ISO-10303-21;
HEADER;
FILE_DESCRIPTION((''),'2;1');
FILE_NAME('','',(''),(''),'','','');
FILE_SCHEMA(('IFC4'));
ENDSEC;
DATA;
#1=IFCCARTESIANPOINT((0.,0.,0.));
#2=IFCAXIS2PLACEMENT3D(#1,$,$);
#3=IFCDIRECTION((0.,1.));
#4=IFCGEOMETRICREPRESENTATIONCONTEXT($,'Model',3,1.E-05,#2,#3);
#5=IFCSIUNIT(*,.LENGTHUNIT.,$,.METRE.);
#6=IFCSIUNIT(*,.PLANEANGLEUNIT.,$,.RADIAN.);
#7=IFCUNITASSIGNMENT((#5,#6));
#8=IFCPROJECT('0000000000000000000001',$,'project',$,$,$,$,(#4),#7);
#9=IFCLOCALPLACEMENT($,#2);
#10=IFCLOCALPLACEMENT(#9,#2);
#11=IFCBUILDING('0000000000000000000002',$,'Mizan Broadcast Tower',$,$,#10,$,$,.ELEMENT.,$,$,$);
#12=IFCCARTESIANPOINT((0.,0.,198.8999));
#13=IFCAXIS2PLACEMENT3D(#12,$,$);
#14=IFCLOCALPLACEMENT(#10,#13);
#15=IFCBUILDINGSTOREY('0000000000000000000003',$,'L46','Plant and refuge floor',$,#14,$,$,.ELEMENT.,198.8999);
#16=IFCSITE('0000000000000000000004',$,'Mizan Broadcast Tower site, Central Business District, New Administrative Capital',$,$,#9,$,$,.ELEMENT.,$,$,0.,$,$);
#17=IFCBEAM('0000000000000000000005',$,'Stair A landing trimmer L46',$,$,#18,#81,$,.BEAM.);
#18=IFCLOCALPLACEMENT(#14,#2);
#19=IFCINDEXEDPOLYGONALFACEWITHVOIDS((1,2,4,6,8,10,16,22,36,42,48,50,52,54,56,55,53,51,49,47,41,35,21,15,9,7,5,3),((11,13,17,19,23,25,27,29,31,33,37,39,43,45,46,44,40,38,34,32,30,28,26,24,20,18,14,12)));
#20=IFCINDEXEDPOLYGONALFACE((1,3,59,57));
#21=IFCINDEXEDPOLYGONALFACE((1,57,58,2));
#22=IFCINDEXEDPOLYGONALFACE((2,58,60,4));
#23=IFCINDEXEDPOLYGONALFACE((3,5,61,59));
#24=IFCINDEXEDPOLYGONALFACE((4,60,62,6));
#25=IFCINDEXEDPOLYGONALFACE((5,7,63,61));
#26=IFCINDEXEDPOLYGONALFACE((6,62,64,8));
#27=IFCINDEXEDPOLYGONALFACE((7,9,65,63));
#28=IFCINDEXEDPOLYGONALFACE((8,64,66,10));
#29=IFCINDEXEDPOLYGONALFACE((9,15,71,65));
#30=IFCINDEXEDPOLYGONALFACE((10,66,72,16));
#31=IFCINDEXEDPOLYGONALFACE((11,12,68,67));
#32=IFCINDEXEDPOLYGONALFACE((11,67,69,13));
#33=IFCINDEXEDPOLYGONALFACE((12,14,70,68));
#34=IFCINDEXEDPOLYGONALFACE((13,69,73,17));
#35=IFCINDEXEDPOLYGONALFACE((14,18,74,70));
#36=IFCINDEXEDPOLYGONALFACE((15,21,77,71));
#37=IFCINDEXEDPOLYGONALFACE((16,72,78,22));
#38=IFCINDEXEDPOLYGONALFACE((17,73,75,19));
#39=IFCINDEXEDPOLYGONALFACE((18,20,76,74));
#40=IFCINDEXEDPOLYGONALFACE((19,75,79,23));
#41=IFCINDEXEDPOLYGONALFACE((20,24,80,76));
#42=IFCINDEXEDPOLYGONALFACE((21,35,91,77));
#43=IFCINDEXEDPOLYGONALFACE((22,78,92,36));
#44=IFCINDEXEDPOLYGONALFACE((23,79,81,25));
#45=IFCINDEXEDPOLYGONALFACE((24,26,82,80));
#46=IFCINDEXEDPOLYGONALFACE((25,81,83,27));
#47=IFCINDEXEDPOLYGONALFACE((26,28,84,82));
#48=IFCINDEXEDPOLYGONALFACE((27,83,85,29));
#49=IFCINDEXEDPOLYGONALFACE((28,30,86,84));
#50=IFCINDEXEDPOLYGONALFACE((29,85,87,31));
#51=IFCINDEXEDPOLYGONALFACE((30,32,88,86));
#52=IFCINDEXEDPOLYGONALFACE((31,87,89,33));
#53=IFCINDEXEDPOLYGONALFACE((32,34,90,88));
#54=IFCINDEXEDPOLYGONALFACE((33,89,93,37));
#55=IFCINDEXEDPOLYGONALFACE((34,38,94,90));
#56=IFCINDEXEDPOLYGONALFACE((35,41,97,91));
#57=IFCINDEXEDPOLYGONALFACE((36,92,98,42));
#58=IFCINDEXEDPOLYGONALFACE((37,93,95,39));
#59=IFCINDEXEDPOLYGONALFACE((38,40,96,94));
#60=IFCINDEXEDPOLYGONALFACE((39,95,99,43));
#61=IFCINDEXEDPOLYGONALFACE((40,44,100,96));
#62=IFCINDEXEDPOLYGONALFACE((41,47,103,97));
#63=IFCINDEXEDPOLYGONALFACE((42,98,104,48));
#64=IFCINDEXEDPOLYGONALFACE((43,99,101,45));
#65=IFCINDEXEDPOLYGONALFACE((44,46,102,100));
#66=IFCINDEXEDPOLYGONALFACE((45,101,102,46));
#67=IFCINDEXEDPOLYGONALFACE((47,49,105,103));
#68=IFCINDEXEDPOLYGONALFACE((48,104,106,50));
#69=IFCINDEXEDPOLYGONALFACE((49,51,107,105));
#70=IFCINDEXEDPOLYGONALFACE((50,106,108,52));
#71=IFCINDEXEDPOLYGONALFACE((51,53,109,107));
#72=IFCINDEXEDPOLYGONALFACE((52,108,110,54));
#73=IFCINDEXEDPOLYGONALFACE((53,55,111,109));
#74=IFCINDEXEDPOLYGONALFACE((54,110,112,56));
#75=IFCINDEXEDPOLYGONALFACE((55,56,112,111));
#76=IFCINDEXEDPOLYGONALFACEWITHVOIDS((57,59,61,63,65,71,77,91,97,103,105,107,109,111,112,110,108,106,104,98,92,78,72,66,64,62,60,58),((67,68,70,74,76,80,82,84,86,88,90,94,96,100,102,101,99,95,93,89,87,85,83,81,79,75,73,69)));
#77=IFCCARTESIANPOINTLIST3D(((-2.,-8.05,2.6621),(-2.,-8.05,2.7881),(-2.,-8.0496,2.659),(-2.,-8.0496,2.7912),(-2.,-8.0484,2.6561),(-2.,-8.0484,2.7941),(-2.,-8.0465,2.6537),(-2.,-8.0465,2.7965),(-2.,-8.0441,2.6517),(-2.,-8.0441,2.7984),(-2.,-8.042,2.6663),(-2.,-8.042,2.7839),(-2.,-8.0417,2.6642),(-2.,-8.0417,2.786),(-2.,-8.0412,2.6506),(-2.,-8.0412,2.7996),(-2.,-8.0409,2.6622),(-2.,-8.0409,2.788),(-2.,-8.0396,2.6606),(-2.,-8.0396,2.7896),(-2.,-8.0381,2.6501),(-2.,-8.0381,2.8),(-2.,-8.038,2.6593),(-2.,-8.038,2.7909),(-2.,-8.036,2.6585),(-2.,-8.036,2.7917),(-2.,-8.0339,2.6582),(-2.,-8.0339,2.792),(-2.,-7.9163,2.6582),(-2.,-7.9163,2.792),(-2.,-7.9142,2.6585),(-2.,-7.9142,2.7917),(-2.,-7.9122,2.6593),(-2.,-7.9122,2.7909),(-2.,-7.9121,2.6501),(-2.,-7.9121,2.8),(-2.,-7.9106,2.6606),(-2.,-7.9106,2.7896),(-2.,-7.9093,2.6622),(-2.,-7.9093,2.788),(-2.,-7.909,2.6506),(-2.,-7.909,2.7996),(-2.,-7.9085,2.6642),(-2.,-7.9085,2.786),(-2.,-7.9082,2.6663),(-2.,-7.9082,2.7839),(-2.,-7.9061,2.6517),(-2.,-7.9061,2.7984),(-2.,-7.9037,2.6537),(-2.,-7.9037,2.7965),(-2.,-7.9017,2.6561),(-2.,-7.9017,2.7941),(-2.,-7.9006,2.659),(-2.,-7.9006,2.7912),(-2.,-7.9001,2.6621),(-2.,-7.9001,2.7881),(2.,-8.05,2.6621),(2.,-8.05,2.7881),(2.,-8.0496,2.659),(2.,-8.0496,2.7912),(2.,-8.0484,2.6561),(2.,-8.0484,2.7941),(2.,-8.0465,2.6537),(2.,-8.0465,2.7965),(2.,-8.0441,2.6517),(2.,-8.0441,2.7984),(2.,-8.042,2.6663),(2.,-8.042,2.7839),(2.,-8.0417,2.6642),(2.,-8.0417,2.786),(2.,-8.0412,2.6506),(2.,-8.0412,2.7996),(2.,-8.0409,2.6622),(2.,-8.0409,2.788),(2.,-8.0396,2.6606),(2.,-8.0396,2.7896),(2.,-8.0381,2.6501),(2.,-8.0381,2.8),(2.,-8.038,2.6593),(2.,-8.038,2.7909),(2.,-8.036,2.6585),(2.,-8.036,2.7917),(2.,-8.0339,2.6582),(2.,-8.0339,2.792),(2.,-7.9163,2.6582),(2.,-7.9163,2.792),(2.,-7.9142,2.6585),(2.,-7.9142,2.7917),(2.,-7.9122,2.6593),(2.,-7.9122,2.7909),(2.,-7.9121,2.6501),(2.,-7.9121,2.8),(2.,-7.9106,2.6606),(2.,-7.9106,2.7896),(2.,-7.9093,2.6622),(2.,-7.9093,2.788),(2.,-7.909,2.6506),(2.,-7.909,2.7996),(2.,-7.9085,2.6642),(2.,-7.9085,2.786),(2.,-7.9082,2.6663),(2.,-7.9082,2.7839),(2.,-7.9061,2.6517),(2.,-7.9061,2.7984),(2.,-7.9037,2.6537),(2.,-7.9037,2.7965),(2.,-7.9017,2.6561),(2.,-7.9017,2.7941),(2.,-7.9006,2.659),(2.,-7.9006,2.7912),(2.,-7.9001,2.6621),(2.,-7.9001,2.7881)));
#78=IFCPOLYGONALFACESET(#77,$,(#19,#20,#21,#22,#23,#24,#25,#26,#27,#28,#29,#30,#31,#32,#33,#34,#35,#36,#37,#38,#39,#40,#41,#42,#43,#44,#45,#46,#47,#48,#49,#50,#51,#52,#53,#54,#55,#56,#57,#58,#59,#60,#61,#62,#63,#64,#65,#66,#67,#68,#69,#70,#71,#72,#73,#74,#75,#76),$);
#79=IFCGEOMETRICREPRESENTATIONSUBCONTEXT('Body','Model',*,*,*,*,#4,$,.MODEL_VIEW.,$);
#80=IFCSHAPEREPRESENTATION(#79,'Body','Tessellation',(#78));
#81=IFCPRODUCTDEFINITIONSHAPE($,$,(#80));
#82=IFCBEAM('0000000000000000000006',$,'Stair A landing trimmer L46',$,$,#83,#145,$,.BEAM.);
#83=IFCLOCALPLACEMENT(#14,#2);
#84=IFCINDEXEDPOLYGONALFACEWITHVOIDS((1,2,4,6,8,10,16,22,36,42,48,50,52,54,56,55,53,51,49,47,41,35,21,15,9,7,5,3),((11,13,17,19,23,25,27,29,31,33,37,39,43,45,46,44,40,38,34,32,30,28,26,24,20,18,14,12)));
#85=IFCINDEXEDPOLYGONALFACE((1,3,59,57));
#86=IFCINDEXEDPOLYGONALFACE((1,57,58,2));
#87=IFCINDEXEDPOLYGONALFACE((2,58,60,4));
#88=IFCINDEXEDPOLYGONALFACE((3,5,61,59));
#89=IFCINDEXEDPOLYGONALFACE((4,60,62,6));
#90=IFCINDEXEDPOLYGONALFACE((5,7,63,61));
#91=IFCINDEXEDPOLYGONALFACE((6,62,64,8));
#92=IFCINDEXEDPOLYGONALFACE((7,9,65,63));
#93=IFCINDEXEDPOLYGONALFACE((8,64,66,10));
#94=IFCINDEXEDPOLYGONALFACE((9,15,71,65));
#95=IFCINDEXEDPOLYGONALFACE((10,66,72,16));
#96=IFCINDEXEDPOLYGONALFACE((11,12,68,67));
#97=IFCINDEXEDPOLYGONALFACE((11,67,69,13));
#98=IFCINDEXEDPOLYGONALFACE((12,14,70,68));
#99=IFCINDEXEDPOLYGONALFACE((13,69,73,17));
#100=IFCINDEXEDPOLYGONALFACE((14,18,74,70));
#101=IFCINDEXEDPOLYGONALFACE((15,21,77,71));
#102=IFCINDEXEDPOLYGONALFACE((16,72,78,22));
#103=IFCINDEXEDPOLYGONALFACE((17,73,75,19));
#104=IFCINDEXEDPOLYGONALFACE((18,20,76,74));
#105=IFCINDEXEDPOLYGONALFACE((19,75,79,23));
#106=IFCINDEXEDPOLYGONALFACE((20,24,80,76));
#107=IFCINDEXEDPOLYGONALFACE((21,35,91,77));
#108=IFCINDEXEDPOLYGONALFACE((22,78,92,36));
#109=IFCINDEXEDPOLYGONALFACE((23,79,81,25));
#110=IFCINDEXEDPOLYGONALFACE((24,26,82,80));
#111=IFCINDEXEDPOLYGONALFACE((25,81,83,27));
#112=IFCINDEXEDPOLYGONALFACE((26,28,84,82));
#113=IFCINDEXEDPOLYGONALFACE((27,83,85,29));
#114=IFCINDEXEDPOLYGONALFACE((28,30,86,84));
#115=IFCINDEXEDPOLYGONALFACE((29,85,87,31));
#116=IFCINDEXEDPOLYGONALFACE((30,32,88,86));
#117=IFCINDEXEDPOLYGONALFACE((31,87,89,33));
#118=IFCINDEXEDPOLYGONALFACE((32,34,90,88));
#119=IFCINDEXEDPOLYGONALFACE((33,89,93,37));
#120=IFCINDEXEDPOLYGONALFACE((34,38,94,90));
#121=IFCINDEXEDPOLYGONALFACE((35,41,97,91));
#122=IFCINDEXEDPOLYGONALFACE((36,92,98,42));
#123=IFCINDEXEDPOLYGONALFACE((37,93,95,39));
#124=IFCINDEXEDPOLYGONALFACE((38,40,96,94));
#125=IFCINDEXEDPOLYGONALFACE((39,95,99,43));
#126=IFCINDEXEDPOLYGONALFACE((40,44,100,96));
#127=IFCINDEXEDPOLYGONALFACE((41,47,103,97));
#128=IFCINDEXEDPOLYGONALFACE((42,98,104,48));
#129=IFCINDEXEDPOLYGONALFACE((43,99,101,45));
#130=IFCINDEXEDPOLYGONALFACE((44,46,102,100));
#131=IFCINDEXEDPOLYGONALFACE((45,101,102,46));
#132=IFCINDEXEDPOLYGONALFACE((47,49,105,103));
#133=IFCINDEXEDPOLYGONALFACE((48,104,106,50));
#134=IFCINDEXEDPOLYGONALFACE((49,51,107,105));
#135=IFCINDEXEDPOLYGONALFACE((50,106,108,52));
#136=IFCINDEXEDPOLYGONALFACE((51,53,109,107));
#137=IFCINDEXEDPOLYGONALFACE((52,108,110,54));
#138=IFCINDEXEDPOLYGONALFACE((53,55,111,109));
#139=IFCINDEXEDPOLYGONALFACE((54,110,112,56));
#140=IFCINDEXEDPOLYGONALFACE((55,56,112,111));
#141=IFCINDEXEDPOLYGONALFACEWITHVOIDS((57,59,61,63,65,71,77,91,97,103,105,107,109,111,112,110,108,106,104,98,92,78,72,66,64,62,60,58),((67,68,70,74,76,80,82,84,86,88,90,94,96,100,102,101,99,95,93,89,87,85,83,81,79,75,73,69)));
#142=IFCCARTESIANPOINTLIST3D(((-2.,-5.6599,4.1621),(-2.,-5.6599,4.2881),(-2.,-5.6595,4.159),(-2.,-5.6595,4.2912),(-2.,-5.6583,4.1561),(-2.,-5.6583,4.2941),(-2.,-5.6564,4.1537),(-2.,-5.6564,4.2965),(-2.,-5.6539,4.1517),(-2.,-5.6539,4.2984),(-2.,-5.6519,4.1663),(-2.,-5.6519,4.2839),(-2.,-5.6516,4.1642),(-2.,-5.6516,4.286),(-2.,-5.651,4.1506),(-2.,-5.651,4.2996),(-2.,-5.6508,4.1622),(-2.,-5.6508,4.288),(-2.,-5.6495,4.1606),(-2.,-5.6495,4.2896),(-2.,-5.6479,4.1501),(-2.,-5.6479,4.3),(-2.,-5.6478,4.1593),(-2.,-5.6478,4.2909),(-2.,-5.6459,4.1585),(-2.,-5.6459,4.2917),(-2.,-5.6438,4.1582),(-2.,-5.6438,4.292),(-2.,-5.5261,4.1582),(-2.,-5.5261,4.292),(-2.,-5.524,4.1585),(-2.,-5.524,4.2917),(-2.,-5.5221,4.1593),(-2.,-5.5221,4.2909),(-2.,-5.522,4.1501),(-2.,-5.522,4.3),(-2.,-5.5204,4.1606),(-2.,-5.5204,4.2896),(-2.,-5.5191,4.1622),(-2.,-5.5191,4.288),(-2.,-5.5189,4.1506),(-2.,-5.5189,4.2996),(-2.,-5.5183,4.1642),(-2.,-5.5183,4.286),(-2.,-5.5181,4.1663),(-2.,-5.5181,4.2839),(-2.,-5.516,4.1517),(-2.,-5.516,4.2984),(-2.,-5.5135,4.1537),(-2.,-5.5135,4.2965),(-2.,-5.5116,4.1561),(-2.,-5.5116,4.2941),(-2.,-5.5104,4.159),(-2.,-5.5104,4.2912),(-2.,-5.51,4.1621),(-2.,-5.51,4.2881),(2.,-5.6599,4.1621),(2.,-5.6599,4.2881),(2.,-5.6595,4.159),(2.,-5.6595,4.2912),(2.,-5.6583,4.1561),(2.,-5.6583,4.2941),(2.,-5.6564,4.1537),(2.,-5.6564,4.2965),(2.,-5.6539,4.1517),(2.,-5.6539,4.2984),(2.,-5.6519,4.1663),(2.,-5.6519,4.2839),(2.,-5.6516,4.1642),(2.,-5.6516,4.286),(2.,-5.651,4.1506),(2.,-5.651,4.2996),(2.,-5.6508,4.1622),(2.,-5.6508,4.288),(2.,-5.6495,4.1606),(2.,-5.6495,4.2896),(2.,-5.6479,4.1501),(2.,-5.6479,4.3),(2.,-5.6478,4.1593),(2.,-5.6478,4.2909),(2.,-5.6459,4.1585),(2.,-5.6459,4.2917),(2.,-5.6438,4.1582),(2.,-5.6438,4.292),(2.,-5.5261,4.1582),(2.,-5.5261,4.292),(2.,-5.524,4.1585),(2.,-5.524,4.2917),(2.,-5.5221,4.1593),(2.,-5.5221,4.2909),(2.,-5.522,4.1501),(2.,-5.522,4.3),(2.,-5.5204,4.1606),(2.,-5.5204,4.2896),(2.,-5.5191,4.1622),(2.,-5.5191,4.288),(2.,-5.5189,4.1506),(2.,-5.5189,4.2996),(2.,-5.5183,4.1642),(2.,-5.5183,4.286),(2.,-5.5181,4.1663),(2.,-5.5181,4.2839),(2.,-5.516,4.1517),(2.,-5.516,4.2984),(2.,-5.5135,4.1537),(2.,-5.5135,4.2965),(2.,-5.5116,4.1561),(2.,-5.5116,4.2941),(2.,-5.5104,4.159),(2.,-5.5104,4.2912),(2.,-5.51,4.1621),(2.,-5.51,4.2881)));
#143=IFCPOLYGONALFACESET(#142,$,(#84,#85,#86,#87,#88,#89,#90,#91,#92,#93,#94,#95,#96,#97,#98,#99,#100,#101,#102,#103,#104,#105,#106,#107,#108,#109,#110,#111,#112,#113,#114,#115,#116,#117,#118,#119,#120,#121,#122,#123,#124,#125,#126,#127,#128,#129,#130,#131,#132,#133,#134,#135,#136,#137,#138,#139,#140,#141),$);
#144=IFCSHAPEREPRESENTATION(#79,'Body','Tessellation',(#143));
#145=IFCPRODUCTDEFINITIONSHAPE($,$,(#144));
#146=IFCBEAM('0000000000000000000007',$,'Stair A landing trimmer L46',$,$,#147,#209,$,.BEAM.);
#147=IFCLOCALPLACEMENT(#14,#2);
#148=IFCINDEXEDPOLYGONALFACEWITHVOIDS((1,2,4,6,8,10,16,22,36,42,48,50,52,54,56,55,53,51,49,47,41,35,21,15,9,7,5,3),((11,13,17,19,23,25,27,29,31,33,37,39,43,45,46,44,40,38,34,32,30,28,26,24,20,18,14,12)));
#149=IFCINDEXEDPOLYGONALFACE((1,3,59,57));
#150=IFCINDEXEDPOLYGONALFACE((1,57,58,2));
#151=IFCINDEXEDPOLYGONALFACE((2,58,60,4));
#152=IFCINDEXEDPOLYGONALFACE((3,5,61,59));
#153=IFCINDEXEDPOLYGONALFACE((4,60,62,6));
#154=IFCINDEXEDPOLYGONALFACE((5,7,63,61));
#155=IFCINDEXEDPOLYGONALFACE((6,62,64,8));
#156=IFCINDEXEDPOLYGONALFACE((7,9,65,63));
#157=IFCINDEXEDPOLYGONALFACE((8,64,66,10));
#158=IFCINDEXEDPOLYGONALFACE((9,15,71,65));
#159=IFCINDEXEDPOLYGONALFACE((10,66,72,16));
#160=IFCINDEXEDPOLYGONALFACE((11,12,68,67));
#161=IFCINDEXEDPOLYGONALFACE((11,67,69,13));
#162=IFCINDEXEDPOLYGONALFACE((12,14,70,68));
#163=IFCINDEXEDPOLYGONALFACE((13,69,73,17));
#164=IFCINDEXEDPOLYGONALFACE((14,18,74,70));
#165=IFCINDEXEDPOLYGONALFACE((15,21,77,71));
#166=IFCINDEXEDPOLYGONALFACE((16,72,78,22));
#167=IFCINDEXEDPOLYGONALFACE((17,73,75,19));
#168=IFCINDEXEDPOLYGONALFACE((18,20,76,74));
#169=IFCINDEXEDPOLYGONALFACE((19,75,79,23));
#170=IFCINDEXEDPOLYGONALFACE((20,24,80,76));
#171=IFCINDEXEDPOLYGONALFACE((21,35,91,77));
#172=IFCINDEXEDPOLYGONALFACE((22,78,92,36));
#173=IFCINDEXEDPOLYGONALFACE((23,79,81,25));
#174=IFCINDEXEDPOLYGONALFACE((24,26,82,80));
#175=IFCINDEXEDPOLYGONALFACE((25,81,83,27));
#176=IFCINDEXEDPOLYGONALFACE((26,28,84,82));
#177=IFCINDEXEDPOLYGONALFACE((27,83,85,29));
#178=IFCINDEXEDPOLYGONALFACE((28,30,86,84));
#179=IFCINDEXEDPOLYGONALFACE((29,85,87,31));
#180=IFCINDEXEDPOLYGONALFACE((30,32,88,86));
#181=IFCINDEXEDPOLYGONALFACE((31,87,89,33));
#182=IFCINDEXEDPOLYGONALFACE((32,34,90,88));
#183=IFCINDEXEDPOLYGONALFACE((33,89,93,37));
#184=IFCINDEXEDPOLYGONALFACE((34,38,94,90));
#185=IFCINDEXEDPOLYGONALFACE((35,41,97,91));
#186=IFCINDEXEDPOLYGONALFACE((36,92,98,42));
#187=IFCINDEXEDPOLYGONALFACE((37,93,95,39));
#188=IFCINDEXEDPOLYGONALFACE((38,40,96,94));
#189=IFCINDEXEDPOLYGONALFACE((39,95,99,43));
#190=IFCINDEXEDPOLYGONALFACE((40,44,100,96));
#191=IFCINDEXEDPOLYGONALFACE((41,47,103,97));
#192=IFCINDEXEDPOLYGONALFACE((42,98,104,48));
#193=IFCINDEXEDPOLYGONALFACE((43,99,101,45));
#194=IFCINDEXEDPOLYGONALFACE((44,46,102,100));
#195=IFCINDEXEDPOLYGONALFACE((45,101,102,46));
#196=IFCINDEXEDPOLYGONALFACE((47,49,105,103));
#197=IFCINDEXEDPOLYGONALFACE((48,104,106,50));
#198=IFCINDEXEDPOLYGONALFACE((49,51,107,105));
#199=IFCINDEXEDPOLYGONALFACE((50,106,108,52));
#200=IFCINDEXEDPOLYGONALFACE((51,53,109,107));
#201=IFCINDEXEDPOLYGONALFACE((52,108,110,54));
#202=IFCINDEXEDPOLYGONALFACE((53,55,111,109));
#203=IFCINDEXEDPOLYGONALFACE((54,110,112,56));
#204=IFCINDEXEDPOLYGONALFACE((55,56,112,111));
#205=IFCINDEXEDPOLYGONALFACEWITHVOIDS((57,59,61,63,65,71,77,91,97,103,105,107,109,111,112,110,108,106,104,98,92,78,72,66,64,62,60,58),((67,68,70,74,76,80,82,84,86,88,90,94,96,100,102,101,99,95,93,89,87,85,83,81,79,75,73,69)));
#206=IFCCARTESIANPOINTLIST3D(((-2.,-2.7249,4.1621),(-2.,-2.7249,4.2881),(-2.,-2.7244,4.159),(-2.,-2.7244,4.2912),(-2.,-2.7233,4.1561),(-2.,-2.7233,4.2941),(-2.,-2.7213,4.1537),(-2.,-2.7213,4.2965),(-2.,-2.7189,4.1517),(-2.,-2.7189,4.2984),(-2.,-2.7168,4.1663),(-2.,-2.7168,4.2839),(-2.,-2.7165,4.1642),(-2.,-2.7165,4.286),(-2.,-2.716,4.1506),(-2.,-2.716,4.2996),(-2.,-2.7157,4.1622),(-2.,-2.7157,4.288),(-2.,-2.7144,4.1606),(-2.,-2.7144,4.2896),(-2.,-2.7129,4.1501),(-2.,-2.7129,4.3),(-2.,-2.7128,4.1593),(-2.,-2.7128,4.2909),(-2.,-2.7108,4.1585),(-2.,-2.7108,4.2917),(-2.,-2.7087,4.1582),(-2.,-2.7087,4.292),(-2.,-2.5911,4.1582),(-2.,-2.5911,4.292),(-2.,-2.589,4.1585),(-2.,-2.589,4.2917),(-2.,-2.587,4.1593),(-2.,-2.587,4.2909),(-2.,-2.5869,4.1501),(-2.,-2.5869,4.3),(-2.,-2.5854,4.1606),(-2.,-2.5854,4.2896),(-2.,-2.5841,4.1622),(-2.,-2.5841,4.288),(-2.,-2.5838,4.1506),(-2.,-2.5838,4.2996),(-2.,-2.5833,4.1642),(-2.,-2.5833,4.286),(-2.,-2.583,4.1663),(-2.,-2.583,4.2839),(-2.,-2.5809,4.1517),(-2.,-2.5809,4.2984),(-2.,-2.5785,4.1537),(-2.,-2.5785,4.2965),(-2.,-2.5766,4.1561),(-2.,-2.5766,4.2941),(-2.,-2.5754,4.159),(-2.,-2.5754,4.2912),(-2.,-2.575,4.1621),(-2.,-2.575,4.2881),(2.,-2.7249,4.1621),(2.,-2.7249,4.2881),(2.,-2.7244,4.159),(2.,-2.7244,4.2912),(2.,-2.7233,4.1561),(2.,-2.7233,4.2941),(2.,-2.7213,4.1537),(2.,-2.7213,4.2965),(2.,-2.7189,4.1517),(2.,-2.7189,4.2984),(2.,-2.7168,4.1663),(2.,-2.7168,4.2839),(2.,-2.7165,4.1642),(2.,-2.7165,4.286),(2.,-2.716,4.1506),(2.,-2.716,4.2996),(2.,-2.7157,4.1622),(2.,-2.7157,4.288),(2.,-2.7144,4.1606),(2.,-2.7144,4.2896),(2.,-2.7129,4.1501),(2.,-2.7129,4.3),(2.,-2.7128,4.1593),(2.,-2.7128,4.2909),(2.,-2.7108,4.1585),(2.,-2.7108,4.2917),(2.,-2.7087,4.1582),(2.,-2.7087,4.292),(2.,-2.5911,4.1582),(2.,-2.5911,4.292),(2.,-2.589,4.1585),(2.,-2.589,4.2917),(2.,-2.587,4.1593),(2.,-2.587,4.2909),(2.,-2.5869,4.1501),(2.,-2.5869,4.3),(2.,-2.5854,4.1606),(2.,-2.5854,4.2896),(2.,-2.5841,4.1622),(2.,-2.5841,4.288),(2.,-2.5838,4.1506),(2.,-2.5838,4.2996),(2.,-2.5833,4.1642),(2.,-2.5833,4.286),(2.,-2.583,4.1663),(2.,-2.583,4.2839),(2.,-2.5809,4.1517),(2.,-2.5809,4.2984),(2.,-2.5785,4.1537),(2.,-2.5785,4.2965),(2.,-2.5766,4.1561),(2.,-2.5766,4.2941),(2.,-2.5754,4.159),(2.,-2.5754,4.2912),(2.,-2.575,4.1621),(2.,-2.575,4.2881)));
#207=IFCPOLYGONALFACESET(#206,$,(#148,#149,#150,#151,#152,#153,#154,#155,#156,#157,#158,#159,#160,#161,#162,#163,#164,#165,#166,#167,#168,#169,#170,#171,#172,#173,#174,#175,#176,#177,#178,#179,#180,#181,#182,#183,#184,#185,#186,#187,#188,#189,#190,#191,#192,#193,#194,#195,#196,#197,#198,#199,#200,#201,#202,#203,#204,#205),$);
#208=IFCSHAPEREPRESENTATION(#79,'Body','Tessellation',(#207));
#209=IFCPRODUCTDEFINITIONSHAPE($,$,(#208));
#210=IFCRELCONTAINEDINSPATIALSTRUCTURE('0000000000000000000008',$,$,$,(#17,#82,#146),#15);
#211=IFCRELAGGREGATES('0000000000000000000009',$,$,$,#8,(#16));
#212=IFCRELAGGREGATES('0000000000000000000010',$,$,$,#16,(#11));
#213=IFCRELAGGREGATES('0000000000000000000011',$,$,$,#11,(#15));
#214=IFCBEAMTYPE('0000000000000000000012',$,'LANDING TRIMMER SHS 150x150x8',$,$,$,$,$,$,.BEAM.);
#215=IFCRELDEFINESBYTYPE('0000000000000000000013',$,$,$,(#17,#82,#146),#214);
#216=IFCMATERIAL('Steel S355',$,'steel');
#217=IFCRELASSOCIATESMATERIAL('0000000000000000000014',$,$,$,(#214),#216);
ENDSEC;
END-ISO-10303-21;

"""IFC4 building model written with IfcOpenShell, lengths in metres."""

from ifc_helpers import new_model, si_unit, direction, frame, origin, origin_2d, place, context, subcontext, project, spatial, hollow_rectangle, extrude, material, material_profile, profile_set, type_object, element, save


model = new_model("IFC4")

# Units and contexts
model_context = context("Model", 3, precision=1e-05, world=origin(), true_north=direction((0.0, 1.0)))
body_context = subcontext(model_context, "Body", "Model", "MODEL_VIEW")
ifc_project = project(units=[si_unit("LENGTHUNIT", "METRE"), si_unit("PLANEANGLEUNIT", "RADIAN")], contexts=[model_context])

# Site, building, storey
site_placement = place(None, origin())
site = spatial("IfcSite", under=ifc_project, at=site_placement, Name="Mizan Broadcast Tower site, Central Business District, New Administrative Capital", CompositionType="ELEMENT", RefElevation=0.0)
building_placement = place(site_placement, origin())
building = spatial("IfcBuilding", under=site, at=building_placement, Name="Mizan Broadcast Tower", CompositionType="ELEMENT")
storey_placement = place(building_placement, frame((0.0, 0.0, 198.8999)))
storey = spatial("IfcBuildingStorey", under=building, at=storey_placement, Name="L46", Description="Plant and refuge floor", CompositionType="ELEMENT", Elevation=198.8999)

# Beams
ifc_material_1 = material(Name="Steel S355", Category="steel")
ifc_material_profile_1 = material_profile(ifc_material_1, hollow_rectangle(XDim=0.1499, YDim=0.1499, WallThickness=0.0081, InnerFilletRadius=0.0081, OuterFilletRadius=0.012, at=origin_2d()), Name="SHS 150x150x8")
ifc_profile_set_1 = profile_set([ifc_material_profile_1], Name="Steel S355")
beam_type_1 = type_object("IfcBeamType", Name="LANDING TRIMMER SHS 150x150x8", PredefinedType="BEAM", material=ifc_profile_set_1)
for number, where, z_axis, x_axis, name in (
    (1, (-2.0, -7.9751, 2.7251), (1.0, 0.0, 0.0), (0.0, 1.0, 0.0), "Stair A landing trimmer L46"),
    (2, (-2.0, -5.585, 4.2251), (1.0, 0.0, 0.0), (0.0, 1.0, 0.0), "Stair A landing trimmer L46"),
    (3, (-2.0, -2.6499, 4.2251), (1.0, 0.0, 0.0), (0.0, 1.0, 0.0), "Stair A landing trimmer L46"),
):
    element("IfcBeam", number, at=place(storey_placement, frame(where, z_axis=z_axis, x_axis=x_axis)), inside=storey, type_object=beam_type_1, Name=name, PredefinedType="BEAM", context=body_context, shape_type="SweptSolid", body=[
        extrude(hollow_rectangle(XDim=0.1499, YDim=0.1499, WallThickness=0.0081, InnerFilletRadius=0.0081, OuterFilletRadius=0.012, at=origin_2d()), origin(), (0.0, 0.0, 1.0), 4.0),
    ])

save(model, "model.ifc")
